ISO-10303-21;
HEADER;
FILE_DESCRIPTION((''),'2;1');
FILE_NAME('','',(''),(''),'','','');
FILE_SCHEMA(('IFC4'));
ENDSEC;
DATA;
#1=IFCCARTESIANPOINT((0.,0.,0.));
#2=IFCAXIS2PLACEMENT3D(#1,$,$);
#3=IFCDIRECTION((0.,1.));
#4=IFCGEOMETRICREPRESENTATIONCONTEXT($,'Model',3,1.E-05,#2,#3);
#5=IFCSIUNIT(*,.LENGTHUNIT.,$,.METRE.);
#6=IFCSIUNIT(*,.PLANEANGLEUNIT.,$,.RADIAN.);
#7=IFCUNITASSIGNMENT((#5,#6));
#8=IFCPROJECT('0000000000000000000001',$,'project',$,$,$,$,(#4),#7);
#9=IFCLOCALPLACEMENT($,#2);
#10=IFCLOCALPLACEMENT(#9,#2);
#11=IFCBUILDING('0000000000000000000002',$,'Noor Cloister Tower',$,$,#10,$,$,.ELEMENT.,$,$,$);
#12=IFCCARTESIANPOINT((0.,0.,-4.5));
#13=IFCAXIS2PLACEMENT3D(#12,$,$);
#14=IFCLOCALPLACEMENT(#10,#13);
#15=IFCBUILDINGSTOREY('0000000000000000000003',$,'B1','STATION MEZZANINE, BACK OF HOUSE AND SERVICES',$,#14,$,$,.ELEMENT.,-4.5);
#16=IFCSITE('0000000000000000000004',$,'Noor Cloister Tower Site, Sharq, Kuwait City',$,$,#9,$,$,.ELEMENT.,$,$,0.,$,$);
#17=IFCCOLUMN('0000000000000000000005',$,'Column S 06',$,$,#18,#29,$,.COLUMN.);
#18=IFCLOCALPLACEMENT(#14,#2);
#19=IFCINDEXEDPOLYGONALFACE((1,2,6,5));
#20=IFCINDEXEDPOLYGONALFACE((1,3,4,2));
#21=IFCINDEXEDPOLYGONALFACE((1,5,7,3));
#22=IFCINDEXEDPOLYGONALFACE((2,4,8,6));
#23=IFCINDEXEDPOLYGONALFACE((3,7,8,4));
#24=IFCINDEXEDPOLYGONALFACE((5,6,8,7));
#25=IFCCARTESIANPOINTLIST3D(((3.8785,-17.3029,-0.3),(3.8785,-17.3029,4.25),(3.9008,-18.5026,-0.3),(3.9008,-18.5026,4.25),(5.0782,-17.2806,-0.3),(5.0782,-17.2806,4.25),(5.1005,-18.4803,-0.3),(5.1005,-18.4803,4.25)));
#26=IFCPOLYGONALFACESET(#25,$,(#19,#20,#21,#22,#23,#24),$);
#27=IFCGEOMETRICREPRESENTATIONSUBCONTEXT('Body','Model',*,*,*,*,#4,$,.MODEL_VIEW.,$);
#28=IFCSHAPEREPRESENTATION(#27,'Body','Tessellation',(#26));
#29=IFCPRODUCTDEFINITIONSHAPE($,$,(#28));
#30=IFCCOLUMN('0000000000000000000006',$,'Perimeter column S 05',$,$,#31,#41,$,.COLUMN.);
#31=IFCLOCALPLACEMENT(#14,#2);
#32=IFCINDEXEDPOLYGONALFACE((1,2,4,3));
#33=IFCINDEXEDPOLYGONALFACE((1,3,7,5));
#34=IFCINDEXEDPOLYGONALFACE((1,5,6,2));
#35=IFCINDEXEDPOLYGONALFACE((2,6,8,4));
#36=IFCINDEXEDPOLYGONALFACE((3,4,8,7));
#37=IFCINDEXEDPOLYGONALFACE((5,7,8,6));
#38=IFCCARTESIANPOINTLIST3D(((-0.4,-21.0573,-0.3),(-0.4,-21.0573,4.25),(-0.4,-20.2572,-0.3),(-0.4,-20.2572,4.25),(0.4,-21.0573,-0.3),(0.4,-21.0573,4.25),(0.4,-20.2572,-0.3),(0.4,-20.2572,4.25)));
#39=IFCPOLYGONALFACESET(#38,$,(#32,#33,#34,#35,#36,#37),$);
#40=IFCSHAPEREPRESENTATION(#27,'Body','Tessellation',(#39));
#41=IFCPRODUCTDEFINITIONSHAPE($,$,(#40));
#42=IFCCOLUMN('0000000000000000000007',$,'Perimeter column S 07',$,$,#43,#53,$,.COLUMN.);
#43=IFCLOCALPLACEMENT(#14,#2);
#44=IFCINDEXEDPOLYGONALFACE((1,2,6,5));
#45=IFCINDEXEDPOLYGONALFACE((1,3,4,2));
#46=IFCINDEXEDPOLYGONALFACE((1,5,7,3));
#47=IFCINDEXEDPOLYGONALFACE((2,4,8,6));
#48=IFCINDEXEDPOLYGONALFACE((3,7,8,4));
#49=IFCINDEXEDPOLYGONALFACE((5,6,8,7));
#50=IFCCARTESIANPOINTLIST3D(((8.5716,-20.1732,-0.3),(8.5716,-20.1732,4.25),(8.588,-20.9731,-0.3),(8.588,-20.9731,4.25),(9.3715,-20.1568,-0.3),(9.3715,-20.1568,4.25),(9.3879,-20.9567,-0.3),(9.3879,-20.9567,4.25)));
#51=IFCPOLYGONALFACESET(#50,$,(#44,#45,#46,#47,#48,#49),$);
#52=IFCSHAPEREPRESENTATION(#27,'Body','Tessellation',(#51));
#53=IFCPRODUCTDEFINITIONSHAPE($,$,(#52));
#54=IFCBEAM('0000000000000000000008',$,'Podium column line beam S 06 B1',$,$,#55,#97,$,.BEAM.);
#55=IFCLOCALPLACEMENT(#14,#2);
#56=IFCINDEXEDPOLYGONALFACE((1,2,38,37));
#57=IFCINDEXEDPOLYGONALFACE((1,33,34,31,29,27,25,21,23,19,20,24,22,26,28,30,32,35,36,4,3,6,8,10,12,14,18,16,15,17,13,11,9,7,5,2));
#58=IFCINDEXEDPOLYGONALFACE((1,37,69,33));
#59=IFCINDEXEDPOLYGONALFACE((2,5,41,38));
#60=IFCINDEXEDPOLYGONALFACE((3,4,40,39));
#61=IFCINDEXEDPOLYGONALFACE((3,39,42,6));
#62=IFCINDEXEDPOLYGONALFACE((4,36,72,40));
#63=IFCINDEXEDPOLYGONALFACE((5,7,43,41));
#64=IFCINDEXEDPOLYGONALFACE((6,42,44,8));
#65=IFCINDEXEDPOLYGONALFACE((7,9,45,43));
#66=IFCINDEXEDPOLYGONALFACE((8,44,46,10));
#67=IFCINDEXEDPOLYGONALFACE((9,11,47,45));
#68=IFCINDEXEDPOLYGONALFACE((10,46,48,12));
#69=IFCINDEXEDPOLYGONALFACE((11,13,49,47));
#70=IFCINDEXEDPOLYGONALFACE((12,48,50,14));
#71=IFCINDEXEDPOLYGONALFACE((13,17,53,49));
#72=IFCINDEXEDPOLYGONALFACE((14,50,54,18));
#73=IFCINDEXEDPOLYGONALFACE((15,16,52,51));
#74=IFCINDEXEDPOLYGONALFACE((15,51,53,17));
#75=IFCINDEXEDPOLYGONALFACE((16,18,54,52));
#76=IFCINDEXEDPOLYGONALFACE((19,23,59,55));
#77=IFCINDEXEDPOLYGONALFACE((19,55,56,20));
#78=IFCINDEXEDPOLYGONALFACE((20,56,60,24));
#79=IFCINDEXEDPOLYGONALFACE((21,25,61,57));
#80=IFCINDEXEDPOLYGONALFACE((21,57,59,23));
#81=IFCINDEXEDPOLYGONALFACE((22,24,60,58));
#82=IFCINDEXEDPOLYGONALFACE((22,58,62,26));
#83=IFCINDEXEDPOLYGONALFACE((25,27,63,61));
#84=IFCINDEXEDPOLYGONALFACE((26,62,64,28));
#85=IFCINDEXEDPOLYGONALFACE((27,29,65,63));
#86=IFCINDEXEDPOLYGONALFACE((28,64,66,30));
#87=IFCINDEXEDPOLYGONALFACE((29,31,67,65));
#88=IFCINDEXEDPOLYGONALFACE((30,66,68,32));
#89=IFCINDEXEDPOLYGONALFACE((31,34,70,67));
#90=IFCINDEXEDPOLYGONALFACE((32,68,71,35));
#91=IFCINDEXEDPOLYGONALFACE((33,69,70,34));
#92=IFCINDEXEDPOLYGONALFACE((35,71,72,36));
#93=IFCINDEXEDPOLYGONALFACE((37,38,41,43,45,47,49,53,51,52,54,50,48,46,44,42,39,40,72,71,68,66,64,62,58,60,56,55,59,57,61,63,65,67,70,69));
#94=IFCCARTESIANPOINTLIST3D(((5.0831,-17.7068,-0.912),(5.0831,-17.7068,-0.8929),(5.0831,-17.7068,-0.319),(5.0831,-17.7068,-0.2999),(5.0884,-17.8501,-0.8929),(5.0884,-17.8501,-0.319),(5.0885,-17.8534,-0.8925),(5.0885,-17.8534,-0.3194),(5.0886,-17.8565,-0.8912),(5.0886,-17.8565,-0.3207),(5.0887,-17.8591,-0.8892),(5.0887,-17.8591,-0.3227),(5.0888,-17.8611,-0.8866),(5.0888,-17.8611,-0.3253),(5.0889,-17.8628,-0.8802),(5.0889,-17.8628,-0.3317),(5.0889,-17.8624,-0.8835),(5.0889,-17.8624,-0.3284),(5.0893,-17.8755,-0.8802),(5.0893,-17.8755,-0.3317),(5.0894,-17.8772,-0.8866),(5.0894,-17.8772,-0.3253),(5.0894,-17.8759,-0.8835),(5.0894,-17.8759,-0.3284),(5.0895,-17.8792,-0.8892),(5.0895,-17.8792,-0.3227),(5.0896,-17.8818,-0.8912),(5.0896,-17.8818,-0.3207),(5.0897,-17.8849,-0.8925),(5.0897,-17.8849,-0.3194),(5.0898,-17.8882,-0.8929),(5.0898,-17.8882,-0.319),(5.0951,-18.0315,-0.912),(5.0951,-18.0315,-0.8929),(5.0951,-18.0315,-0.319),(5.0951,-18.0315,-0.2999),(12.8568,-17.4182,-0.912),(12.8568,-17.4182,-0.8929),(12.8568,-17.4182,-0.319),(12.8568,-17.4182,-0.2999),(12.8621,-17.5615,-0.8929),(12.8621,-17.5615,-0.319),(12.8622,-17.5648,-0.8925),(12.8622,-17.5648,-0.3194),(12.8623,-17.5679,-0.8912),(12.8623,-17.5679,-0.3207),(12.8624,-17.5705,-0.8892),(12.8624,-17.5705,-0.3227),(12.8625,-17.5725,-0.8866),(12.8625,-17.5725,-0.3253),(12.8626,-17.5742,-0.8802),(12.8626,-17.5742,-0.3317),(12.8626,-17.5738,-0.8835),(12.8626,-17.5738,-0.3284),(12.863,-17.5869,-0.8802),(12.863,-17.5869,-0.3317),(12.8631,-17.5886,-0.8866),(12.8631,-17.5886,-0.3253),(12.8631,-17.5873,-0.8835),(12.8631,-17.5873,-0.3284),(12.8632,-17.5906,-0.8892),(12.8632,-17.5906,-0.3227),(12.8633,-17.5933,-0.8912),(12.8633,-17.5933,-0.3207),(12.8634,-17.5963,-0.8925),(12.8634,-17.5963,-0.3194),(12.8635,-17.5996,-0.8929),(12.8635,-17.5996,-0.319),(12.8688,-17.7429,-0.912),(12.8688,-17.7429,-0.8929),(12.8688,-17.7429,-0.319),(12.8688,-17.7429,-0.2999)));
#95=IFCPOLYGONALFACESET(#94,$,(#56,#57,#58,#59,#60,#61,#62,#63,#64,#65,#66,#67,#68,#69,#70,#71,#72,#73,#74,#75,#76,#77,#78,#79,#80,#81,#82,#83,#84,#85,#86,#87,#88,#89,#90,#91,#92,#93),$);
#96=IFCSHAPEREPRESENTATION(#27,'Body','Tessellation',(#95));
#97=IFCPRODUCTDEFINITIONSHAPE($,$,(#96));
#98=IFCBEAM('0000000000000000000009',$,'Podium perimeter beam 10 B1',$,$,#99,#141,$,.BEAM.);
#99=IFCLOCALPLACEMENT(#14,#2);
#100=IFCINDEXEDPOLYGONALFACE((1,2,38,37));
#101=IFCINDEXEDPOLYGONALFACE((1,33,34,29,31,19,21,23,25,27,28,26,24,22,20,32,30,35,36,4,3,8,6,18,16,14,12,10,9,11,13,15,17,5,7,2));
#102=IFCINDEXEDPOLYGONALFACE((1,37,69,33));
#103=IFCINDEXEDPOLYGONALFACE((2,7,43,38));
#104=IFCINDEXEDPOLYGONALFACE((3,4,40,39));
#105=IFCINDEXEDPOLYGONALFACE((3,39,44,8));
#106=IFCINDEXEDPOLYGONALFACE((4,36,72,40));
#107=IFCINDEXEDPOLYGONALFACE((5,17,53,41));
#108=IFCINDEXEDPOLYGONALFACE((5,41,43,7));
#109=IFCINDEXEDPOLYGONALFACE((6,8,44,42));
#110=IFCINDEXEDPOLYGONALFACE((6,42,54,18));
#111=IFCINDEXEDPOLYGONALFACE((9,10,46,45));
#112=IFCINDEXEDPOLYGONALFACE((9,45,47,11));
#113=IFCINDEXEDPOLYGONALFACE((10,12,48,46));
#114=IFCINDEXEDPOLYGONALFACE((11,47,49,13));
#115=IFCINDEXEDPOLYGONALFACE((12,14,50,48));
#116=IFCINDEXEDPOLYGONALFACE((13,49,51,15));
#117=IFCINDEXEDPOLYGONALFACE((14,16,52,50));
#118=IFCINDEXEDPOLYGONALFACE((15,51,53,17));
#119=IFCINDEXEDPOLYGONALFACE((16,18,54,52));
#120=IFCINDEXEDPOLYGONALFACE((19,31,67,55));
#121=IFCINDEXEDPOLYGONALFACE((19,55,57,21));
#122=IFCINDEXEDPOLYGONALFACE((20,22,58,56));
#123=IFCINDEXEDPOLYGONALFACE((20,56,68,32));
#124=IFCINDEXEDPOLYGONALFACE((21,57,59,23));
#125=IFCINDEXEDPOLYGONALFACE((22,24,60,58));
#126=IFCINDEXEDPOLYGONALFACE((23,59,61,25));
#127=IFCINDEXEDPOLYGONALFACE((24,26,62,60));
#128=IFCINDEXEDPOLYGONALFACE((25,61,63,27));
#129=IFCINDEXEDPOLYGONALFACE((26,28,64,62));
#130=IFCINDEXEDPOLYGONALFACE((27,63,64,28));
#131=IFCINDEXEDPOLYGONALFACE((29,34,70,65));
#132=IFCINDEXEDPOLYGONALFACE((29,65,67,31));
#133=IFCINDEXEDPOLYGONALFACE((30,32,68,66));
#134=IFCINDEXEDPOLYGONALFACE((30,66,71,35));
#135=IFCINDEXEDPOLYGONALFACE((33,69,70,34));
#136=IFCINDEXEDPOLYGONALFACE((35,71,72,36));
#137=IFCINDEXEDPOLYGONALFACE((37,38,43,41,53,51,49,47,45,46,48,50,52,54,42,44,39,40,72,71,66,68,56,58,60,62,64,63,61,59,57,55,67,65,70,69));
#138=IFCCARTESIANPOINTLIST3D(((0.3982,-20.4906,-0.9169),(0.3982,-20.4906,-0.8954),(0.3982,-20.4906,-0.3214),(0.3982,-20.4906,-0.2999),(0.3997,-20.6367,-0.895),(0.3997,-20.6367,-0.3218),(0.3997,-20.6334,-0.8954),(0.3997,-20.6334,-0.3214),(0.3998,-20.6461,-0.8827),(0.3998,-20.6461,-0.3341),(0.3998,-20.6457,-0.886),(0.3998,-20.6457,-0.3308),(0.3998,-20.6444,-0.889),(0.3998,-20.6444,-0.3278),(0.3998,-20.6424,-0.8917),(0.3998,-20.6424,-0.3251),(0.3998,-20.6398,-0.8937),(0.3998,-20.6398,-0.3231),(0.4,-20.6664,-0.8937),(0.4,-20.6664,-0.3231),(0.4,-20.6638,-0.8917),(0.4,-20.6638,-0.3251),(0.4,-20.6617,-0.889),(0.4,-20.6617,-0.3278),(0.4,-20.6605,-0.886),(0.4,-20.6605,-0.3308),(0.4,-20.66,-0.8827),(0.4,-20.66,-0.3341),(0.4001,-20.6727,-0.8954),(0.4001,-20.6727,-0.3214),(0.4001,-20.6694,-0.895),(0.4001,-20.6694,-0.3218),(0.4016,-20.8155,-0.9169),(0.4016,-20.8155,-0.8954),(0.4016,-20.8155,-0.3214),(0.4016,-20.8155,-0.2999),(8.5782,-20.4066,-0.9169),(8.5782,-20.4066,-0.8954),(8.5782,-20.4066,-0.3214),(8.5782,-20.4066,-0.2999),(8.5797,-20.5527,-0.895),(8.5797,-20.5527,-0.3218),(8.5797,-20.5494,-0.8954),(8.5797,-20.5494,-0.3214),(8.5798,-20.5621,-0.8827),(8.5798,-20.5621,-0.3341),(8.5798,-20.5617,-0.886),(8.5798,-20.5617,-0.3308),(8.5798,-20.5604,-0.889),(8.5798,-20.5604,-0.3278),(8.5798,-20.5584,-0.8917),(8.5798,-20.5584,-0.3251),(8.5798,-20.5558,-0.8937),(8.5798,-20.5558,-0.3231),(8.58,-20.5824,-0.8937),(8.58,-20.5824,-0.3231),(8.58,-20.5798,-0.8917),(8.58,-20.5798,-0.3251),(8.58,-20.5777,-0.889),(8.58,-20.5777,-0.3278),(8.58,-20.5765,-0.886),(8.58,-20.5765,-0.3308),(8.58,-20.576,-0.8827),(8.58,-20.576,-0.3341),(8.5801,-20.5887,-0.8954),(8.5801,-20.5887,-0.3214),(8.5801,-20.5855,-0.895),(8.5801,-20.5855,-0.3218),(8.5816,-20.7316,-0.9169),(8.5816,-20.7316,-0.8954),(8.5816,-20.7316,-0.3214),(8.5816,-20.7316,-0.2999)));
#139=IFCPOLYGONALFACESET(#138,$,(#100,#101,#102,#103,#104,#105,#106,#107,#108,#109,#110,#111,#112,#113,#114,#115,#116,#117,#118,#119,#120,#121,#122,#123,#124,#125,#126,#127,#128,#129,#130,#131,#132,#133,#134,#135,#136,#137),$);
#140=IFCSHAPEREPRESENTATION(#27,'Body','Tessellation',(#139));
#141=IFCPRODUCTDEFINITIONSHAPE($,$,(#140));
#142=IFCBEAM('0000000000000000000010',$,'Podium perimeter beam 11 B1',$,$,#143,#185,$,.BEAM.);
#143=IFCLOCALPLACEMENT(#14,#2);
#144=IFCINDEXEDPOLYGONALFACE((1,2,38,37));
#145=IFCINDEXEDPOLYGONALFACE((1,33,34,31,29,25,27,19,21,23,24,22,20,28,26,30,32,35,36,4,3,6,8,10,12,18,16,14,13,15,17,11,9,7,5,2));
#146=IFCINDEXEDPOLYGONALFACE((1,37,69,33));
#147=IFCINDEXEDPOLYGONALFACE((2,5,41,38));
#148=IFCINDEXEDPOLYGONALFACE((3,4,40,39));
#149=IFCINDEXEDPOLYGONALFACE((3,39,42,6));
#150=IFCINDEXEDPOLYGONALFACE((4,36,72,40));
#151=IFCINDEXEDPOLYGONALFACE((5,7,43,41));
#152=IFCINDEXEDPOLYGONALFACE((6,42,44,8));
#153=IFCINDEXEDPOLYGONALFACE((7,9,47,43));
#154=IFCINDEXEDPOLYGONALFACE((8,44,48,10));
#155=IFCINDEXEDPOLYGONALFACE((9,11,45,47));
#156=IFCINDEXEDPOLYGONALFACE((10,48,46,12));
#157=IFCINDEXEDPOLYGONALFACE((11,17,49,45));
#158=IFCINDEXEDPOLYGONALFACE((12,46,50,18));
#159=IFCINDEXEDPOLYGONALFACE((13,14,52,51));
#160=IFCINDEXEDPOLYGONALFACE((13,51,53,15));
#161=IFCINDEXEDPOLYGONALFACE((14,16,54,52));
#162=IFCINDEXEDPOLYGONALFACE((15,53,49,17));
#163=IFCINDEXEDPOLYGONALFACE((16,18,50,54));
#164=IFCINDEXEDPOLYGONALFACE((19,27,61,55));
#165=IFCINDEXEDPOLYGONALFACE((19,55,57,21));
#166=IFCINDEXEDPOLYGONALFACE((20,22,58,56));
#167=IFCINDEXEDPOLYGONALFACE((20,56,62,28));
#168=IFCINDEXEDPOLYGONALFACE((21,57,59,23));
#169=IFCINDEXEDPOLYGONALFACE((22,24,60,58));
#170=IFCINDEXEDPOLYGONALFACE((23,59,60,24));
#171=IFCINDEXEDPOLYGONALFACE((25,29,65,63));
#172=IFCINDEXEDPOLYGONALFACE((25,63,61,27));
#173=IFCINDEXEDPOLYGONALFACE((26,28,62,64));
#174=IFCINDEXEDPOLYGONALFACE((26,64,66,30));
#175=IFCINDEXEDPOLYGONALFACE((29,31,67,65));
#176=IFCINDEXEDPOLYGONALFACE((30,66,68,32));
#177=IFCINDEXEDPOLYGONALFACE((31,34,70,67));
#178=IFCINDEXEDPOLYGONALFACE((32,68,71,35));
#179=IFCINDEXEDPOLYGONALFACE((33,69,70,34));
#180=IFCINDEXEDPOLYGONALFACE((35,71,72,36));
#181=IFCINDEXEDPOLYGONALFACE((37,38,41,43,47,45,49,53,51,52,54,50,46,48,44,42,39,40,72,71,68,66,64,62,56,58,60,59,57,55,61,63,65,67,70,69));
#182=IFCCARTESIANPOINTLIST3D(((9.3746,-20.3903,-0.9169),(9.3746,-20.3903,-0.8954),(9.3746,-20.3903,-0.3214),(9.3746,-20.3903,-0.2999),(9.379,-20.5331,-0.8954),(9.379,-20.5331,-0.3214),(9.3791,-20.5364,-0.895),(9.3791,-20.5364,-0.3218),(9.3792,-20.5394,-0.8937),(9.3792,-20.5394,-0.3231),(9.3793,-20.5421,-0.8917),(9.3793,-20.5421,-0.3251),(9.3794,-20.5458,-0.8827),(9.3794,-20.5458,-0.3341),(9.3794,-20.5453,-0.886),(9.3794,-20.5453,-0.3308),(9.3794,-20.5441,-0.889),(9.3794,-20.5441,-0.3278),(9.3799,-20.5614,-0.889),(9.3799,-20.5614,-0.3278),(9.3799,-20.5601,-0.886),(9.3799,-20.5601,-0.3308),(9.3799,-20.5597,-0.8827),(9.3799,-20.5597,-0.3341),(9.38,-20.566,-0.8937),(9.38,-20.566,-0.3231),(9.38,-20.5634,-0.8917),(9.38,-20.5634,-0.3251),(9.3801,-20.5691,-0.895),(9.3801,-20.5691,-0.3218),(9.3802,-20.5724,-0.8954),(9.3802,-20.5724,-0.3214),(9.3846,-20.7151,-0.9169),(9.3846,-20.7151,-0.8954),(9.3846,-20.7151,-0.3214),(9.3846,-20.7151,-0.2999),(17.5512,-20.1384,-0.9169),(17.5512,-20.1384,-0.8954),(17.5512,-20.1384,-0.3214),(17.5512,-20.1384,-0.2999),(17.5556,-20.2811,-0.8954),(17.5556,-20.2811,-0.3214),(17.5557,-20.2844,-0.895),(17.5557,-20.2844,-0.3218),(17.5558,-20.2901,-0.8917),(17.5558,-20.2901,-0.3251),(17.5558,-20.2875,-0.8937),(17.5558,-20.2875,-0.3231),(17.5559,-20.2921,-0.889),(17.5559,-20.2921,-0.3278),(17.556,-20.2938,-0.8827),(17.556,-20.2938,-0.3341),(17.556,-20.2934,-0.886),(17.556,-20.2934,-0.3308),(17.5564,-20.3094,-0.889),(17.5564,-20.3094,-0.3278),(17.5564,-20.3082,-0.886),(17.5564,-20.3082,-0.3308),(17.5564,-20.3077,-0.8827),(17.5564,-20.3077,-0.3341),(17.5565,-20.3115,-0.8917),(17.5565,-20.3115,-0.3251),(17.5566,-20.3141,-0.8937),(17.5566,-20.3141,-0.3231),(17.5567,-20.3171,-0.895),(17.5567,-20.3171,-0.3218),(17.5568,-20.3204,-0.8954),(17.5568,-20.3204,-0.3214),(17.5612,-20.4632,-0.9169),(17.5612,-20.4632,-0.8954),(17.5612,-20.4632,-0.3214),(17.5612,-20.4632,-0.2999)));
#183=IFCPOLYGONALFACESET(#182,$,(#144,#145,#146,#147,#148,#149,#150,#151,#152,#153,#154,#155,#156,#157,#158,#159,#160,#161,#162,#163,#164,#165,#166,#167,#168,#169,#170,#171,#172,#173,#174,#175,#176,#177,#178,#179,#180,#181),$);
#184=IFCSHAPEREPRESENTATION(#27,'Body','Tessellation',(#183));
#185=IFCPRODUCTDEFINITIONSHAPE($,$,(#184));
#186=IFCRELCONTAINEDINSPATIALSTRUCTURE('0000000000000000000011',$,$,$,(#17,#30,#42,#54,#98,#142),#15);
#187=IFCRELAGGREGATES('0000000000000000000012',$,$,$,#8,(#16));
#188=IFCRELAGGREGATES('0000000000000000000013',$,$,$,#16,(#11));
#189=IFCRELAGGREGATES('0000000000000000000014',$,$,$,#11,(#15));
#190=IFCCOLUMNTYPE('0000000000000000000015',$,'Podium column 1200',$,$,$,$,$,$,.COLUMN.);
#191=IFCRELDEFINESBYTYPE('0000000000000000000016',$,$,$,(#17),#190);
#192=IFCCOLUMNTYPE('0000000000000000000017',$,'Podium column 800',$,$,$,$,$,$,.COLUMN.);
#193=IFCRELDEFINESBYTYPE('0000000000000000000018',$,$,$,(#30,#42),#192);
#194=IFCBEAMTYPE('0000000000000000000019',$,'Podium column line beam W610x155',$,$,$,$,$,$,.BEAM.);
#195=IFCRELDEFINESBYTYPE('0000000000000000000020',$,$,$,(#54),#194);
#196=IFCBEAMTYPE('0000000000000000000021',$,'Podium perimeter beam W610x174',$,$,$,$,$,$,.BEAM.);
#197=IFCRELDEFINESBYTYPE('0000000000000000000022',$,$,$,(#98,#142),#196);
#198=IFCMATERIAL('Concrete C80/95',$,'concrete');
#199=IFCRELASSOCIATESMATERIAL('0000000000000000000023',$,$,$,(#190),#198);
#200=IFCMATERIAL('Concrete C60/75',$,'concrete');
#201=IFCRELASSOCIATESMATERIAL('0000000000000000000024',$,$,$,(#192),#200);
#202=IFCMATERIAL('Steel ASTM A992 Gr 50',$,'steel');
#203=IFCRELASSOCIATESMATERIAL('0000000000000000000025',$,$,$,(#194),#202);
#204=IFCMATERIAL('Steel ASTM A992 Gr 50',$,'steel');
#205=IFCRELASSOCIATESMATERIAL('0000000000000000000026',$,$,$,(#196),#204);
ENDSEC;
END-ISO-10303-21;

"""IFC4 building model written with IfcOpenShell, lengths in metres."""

from ifc_helpers import new_model, si_unit, direction, frame, origin, origin_2d, place, context, subcontext, project, spatial, rectangle, i_section, extrude, material, material_profile, profile_set, type_object, element, save


model = new_model("IFC4")

# Units and contexts
model_context = context("Model", 3, precision=1e-05, world=origin(), true_north=direction((0.0, 1.0)))
body_context = subcontext(model_context, "Body", "Model", "MODEL_VIEW")
ifc_project = project(units=[si_unit("LENGTHUNIT", "METRE"), si_unit("PLANEANGLEUNIT", "RADIAN")], contexts=[model_context])

# Site, building, storey
site_placement = place(None, origin())
site = spatial("IfcSite", under=ifc_project, at=site_placement, Name="Noor Cloister Tower Site, Sharq, Kuwait City", CompositionType="ELEMENT", RefElevation=0.0)
building_placement = place(site_placement, origin())
building = spatial("IfcBuilding", under=site, at=building_placement, Name="Noor Cloister Tower", CompositionType="ELEMENT")
storey_placement = place(building_placement, frame((0.0, 0.0, -4.5)))
storey = spatial("IfcBuildingStorey", under=building, at=storey_placement, Name="B1", Description="STATION MEZZANINE, BACK OF HOUSE AND SERVICES", CompositionType="ELEMENT", Elevation=-4.5)

# Columns
ifc_material_1 = material(Name="Concrete C80/95", Category="concrete")
ifc_material_profile_1 = material_profile(ifc_material_1, rectangle(XDim=1.2, YDim=1.2, at=origin_2d()), Name="Podium column 1200")
ifc_profile_set_1 = profile_set([ifc_material_profile_1], Name="Concrete C80/95")
column_type_1 = type_object("IfcColumnType", Name="Podium column 1200", PredefinedType="COLUMN", material=ifc_profile_set_1)
column_placement = place(storey_placement, frame((4.4895, -17.8916, -0.3), z_axis=(0.0, 0.0, 1.0), x_axis=(0.018553, -0.999828, 0.0)))
element("IfcColumn", 1, at=column_placement, inside=storey, type_object=column_type_1, Name="Column S 06", PredefinedType="COLUMN", context=body_context, shape_type="SweptSolid", body=[
    extrude(rectangle(XDim=1.2, YDim=1.2, at=origin_2d()), origin(), (0.0, 0.0, 1.0), 4.55),
])
ifc_material_2 = material(Name="Concrete C60/75", Category="concrete")
ifc_material_profile_2 = material_profile(ifc_material_2, rectangle(XDim=0.8, YDim=0.8, at=origin_2d()), Name="Podium column 800")
ifc_profile_set_2 = profile_set([ifc_material_profile_2], Name="Concrete C60/75")
column_type_2 = type_object("IfcColumnType", Name="Podium column 800", PredefinedType="COLUMN", material=ifc_profile_set_2)
for number, where, z_axis, x_axis, name in (
    (2, (0.0, -20.6572, -0.3), (0.0, 0.0, 1.0), (0.0, -1.0, 0.0), "Perimeter column S 05"),
    (3, (8.9797, -20.5649, -0.3), (0.0, 0.0, 1.0), (0.020537, -0.999789, 0.0), "Perimeter column S 07"),
):
    element("IfcColumn", number, at=place(storey_placement, frame(where, z_axis=z_axis, x_axis=x_axis)), inside=storey, type_object=column_type_2, Name=name, PredefinedType="COLUMN", context=body_context, shape_type="SweptSolid", body=[
        extrude(rectangle(XDim=0.8, YDim=0.8, at=origin_2d()), origin(), (0.0, 0.0, 1.0), 4.55),
    ])

# Beams
ifc_material_3 = material(Name="Steel ASTM A992 Gr 50", Category="steel")
ifc_material_profile_3 = material_profile(ifc_material_3, i_section(OverallWidth=0.325, OverallDepth=0.6121, WebThickness=0.0127, FlangeThickness=0.019, FilletRadius=0.0127, at=origin_2d()), Name="W610x155")
ifc_profile_set_3 = profile_set([ifc_material_profile_3], Name="Steel ASTM A992 Gr 50")
beam_type_1 = type_object("IfcBeamType", Name="Podium column line beam W610x155", PredefinedType="BEAM", material=ifc_profile_set_3)
beam_1_placement = place(storey_placement, frame((5.0891, -17.8691, -0.606), z_axis=(0.999312, 0.037096, 0.0), x_axis=(-0.037096, 0.999312, 0.0)))
element("IfcBeam", 4, at=beam_1_placement, inside=storey, type_object=beam_type_1, Name="Podium column line beam S 06 B1", PredefinedType="BEAM", context=body_context, shape_type="SweptSolid", body=[
    extrude(i_section(OverallWidth=0.325, OverallDepth=0.6121, WebThickness=0.0127, FlangeThickness=0.019, FilletRadius=0.0127, at=origin_2d()), origin(), (0.0, 0.0, 1.0), 7.7791),
])
ifc_material_4 = material(Name="Steel ASTM A992 Gr 50", Category="steel")
ifc_material_profile_4 = material_profile(ifc_material_4, i_section(OverallWidth=0.325, OverallDepth=0.6169, WebThickness=0.0139, FlangeThickness=0.0215, FilletRadius=0.0127, at=origin_2d()), Name="W610x174")
ifc_profile_set_4 = profile_set([ifc_material_profile_4], Name="Steel ASTM A992 Gr 50")
beam_type_2 = type_object("IfcBeamType", Name="Podium perimeter beam W610x174", PredefinedType="BEAM", material=ifc_profile_set_4)
for number, where, z_axis, x_axis, name in (
    (5, (0.3999, -20.6531, -0.6084), (0.999947, 0.010267, 0.0), (-0.010267, 0.999947, 0.0), "Podium perimeter beam 10 B1"),
    (6, (9.3796, -20.5527, -0.6084), (0.999526, 0.0308, 0.0), (-0.0308, 0.999526, 0.0), "Podium perimeter beam 11 B1"),
):
    element("IfcBeam", number, at=place(storey_placement, frame(where, z_axis=z_axis, x_axis=x_axis)), inside=storey, type_object=beam_type_2, Name=name, PredefinedType="BEAM", context=body_context, shape_type="SweptSolid", body=[
        extrude(i_section(OverallWidth=0.325, OverallDepth=0.6169, WebThickness=0.0139, FlangeThickness=0.0215, FilletRadius=0.0127, at=origin_2d()), origin(), (0.0, 0.0, 1.0), 8.1804),
    ])

save(model, "model.ifc")
